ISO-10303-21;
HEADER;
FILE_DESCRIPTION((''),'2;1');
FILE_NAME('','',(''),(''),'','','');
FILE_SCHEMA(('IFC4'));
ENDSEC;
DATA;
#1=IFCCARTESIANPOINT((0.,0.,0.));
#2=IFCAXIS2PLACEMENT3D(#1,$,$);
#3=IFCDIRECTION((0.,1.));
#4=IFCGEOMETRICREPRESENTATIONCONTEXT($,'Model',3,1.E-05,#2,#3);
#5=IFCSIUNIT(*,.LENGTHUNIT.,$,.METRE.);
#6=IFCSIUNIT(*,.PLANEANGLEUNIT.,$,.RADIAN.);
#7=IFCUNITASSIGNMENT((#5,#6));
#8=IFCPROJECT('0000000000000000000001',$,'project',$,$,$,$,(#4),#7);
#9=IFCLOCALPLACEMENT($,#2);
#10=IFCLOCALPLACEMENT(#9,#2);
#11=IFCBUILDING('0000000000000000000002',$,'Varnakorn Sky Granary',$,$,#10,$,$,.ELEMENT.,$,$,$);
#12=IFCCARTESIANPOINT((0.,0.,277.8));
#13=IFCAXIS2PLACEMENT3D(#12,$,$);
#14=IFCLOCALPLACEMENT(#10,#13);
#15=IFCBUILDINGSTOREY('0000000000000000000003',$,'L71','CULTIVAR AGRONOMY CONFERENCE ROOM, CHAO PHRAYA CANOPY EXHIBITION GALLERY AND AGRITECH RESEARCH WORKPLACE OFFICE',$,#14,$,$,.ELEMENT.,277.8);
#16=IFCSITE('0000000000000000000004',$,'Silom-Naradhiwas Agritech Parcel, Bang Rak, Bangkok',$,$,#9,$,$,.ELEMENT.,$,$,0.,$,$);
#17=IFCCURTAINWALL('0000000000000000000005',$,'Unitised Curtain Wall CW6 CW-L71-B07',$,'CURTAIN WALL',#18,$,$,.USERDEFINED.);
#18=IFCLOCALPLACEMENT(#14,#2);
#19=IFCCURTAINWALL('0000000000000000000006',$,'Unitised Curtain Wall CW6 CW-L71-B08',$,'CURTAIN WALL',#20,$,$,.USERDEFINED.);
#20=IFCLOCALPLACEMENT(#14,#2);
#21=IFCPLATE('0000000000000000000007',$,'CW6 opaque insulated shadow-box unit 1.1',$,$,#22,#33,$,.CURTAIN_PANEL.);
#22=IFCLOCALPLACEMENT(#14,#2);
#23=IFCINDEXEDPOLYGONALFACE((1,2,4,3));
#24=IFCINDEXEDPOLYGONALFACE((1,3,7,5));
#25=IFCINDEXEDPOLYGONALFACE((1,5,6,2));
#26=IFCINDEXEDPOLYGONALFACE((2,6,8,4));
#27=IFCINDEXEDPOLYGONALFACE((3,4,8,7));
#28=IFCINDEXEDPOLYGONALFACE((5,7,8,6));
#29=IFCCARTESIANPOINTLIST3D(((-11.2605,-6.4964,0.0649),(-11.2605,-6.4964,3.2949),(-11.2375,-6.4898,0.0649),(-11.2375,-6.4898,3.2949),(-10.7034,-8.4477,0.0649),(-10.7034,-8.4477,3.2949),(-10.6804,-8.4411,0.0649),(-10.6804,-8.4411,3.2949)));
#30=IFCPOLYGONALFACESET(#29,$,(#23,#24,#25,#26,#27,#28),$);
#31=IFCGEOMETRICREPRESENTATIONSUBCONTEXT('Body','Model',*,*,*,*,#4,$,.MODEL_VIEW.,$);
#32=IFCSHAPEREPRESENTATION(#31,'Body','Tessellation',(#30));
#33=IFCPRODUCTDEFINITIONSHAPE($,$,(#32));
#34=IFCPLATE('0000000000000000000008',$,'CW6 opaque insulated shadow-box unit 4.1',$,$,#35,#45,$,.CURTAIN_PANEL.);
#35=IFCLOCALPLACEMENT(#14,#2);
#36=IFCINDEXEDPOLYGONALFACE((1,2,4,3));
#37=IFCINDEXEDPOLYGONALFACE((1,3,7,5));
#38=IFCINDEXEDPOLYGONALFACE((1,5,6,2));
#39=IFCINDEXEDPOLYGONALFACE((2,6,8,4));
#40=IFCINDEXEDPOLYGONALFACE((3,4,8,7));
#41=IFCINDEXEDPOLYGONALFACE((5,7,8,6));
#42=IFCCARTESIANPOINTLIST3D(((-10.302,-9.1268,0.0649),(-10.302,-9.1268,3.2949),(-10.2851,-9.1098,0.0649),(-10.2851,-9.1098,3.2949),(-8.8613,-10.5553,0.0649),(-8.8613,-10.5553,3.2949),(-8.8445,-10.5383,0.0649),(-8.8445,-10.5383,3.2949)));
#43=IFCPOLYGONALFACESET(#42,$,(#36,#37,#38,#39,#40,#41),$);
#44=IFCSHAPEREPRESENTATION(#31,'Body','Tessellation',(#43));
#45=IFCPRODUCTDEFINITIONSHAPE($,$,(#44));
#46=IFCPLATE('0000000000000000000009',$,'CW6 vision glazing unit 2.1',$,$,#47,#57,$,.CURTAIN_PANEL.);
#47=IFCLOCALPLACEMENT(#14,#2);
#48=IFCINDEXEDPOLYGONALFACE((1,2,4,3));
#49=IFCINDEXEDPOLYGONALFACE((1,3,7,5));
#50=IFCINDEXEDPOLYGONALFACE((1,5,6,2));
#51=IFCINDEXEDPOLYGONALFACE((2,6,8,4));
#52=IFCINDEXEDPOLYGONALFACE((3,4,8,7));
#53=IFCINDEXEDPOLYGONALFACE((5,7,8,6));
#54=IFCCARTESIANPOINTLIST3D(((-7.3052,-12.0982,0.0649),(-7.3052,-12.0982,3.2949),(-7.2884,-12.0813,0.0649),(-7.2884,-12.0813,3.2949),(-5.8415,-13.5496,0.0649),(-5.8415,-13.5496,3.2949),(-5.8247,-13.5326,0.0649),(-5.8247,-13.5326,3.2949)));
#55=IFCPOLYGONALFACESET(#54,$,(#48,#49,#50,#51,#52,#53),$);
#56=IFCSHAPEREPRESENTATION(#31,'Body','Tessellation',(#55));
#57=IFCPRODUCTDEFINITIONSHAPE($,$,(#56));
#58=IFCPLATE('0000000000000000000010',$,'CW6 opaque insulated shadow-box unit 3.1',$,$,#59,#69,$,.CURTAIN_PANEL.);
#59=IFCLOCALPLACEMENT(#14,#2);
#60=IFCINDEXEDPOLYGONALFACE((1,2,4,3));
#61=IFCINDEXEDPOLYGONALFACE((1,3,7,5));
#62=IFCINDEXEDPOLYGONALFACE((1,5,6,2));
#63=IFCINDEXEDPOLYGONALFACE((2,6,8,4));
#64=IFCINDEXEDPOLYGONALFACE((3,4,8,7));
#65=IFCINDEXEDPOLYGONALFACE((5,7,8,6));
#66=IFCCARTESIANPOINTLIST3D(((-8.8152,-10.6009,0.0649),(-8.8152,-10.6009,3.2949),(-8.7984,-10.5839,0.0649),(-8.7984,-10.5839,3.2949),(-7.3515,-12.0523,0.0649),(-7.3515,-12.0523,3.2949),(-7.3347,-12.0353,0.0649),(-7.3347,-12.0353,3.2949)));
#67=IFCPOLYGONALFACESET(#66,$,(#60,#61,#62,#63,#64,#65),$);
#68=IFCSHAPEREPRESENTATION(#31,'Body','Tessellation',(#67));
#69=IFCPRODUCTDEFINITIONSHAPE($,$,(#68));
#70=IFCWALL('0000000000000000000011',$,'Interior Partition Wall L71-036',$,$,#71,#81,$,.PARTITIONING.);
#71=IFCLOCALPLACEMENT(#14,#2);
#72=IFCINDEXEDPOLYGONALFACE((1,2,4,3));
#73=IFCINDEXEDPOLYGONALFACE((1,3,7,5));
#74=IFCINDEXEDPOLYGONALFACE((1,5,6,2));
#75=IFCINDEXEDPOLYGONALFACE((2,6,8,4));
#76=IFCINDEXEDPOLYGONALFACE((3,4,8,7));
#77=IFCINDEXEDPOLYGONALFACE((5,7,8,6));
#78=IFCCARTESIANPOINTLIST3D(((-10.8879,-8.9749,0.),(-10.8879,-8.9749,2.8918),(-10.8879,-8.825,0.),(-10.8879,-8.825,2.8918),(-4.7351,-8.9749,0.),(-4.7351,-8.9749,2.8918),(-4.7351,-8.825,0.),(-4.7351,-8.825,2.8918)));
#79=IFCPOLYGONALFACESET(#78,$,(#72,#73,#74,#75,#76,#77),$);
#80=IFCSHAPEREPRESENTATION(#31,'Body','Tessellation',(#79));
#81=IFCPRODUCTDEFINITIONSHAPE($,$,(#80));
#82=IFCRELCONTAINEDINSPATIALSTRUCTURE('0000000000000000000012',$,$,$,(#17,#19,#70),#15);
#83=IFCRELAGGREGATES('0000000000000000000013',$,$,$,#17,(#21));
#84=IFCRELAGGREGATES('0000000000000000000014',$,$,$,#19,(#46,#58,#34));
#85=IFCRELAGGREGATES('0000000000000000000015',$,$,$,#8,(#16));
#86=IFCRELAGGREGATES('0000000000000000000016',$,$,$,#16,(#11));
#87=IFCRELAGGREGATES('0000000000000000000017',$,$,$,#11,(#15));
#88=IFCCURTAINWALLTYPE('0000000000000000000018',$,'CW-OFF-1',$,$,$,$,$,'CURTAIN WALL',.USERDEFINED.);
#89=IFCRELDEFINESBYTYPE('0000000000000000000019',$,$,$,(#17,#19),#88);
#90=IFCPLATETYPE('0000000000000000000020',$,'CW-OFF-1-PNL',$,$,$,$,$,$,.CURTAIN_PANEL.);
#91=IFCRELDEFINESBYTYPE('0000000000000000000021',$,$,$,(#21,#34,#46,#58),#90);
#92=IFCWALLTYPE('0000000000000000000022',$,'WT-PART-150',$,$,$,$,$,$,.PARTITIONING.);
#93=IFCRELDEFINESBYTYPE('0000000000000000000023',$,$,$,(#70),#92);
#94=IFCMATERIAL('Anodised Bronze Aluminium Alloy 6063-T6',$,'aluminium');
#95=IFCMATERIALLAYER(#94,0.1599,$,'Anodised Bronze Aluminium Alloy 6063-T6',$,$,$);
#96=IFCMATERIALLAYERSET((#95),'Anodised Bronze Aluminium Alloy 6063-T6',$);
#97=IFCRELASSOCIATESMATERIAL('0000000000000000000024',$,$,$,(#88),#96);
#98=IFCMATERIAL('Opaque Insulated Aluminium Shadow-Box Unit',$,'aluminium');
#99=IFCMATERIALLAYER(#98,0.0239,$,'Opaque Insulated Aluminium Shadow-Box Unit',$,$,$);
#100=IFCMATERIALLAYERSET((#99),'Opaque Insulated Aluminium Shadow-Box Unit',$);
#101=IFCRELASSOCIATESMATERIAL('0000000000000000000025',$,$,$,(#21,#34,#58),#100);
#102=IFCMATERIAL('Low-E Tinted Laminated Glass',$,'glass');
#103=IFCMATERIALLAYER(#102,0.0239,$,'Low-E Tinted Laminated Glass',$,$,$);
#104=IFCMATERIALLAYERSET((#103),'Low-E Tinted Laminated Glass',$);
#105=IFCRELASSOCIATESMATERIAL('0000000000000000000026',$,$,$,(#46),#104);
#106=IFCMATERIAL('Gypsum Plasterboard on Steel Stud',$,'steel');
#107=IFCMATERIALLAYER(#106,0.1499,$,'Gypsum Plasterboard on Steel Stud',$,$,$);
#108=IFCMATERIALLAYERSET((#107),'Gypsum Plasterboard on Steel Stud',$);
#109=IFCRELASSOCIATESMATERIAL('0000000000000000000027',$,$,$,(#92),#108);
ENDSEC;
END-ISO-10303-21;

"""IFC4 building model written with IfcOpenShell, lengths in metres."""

from ifc_helpers import new_model, si_unit, direction, frame, frame_2d, origin, origin_2d, place, context, subcontext, project, spatial, rectangle, extrude, source, transform, mapped, material, layer, layer_set, type_object, type_shapes, element, aggregate, save


model = new_model("IFC4")

# Units and contexts
model_context = context("Model", 3, precision=1e-05, world=origin(), true_north=direction((0.0, 1.0)))
body_context = subcontext(model_context, "Body", "Model", "MODEL_VIEW")
ifc_project = project(units=[si_unit("LENGTHUNIT", "METRE"), si_unit("PLANEANGLEUNIT", "RADIAN")], contexts=[model_context])

# Site, building, storey
site_placement = place(None, origin())
site = spatial("IfcSite", under=ifc_project, at=site_placement, Name="Silom-Naradhiwas Agritech Parcel, Bang Rak, Bangkok", CompositionType="ELEMENT", RefElevation=0.0)
building_placement = place(site_placement, origin())
building = spatial("IfcBuilding", under=site, at=building_placement, Name="Varnakorn Sky Granary", CompositionType="ELEMENT")
storey_placement = place(building_placement, frame((0.0, 0.0, 277.8)))
storey = spatial("IfcBuildingStorey", under=building, at=storey_placement, Name="L71", Description="CULTIVAR AGRONOMY CONFERENCE ROOM, CHAO PHRAYA CANOPY EXHIBITION GALLERY AND AGRITECH RESEARCH WORKPLACE OFFICE", CompositionType="ELEMENT", Elevation=277.8)

# Curtain wall
ifc_material_1 = material(Name="Anodised Bronze Aluminium Alloy 6063-T6", Category="aluminium")
ifc_layer_1 = layer(ifc_material_1, 0.1599, Name="Anodised Bronze Aluminium Alloy 6063-T6")
ifc_layer_set_1 = layer_set([ifc_layer_1], Name="Anodised Bronze Aluminium Alloy 6063-T6")
curtain_wall_type = type_object("IfcCurtainWallType", Name="CW-OFF-1", ElementType="CURTAIN WALL", PredefinedType="USERDEFINED", material=ifc_layer_set_1)
curtain_wall_1_placement = place(storey_placement, origin())
curtain_wall_1 = element("IfcCurtainWall", 1, at=curtain_wall_1_placement, inside=storey, type_object=curtain_wall_type, Name="Unitised Curtain Wall CW6 CW-L71-B07", ObjectType="CURTAIN WALL", PredefinedType="USERDEFINED")

# Curtain wall
curtain_wall_2_placement = place(storey_placement, origin())
curtain_wall_2 = element("IfcCurtainWall", 2, at=curtain_wall_2_placement, inside=storey, type_object=curtain_wall_type, Name="Unitised Curtain Wall CW6 CW-L71-B08", ObjectType="CURTAIN WALL", PredefinedType="USERDEFINED")

# Plates
ifc_material_2 = material(Name="Opaque Insulated Aluminium Shadow-Box Unit", Category="aluminium")
ifc_layer_2 = layer(ifc_material_2, 0.0239, Name="Opaque Insulated Aluminium Shadow-Box Unit")
ifc_layer_set_2 = layer_set([ifc_layer_2], Name="Opaque Insulated Aluminium Shadow-Box Unit")
plate_type = type_object("IfcPlateType", Name="CW-OFF-1-PNL", PredefinedType="CURTAIN_PANEL")
shared_shape_1 = source(origin(), body_context, "Body", "SweptSolid", [
    extrude(rectangle(XDim=2.0293, YDim=0.0239, at=origin_2d()), origin(), (0.0, 0.0, 1.0), 3.23),
])
plate_1_placement = place(storey_placement, frame((-10.9705, -7.4688, 0.0649), z_axis=(0.0, 0.0, 1.0), x_axis=(-0.27456, 0.96157, 0.0)))
plate_1 = element("IfcPlate", 3, at=plate_1_placement, type_object=plate_type, material=ifc_layer_set_2, Name="CW6 opaque insulated shadow-box unit 1.1", PredefinedType="CURTAIN_PANEL", context=body_context, shape_type="MappedRepresentation", body=[
    mapped(shared_shape_1, transform((0.0, 0.0, 0.0), x_axis=(1.0, 0.0, 0.0), y_axis=(0.0, 1.0, 0.0), z_axis=(0.0, 0.0, 1.0), scale=1.0)),
])
aggregate(curtain_wall_1, [plate_1])
shared_shape_2 = source(origin(), body_context, "Body", "SweptSolid", [
    extrude(rectangle(XDim=2.0288, YDim=0.0239, at=origin_2d()), origin(), (0.0, 0.0, 1.0), 3.23),
])
plate_2_placement = place(storey_placement, frame((-9.5732, -9.8325, 0.0649), z_axis=(0.0, 0.0, 1.0), x_axis=(-0.710099, 0.704102, 0.0)))
plate_2 = element("IfcPlate", 4, at=plate_2_placement, type_object=plate_type, material=ifc_layer_set_2, Name="CW6 opaque insulated shadow-box unit 4.1", PredefinedType="CURTAIN_PANEL", context=body_context, shape_type="MappedRepresentation", body=[
    mapped(shared_shape_2, transform((0.0, 0.0, 0.0), x_axis=(1.0, 0.0, 0.0), y_axis=(0.0, 1.0, 0.0), z_axis=(0.0, 0.0, 1.0), scale=1.0)),
])
ifc_material_3 = material(Name="Low-E Tinted Laminated Glass", Category="glass")
ifc_layer_3 = layer(ifc_material_3, 0.0239, Name="Low-E Tinted Laminated Glass")
ifc_layer_set_3 = layer_set([ifc_layer_3], Name="Low-E Tinted Laminated Glass")
shared_shape_3 = source(origin(), body_context, "Body", "SweptSolid", [
    extrude(rectangle(XDim=2.0613, YDim=0.0239, at=origin_2d()), origin(), (0.0, 0.0, 1.0), 3.23),
])
type_shapes(plate_type, [shared_shape_1, shared_shape_2, shared_shape_3])
plate_3_placement = place(storey_placement, frame((-6.5649, -12.8154, 0.0649), z_axis=(0.0, 0.0, 1.0), x_axis=(-0.710099, 0.704102, 0.0)))
plate_3 = element("IfcPlate", 5, at=plate_3_placement, type_object=plate_type, material=ifc_layer_set_3, Name="CW6 vision glazing unit 2.1", PredefinedType="CURTAIN_PANEL", context=body_context, shape_type="MappedRepresentation", body=[
    mapped(shared_shape_3, transform((0.0, 0.0, 0.0), x_axis=(1.0, 0.0, 0.0), y_axis=(0.0, 1.0, 0.0), z_axis=(0.0, 0.0, 1.0), scale=1.0)),
])
plate_4_placement = place(storey_placement, frame((-8.075, -11.3181, 0.0649), z_axis=(0.0, 0.0, 1.0), x_axis=(-0.710099, 0.704102, 0.0)))
plate_4 = element("IfcPlate", 6, at=plate_4_placement, type_object=plate_type, material=ifc_layer_set_2, Name="CW6 opaque insulated shadow-box unit 3.1", PredefinedType="CURTAIN_PANEL", context=body_context, shape_type="MappedRepresentation", body=[
    mapped(shared_shape_3, transform((0.0, 0.0, 0.0), x_axis=(1.0, 0.0, 0.0), y_axis=(0.0, 1.0, 0.0), z_axis=(0.0, 0.0, 1.0), scale=1.0)),
])
aggregate(curtain_wall_2, [plate_3, plate_4, plate_2])

# Wall
ifc_material_4 = material(Name="Gypsum Plasterboard on Steel Stud", Category="steel")
ifc_layer_4 = layer(ifc_material_4, 0.1499, Name="Gypsum Plasterboard on Steel Stud")
ifc_layer_set_4 = layer_set([ifc_layer_4], Name="Gypsum Plasterboard on Steel Stud")
wall_type = type_object("IfcWallType", Name="WT-PART-150", PredefinedType="PARTITIONING", material=ifc_layer_set_4)
wall_placement = place(storey_placement, frame((-10.8879, -8.8999, 0.0), z_axis=(0.0, 0.0, 1.0), x_axis=(1.0, 0.0, 0.0)))
element("IfcWall", 7, at=wall_placement, inside=storey, type_object=wall_type, Name="Interior Partition Wall L71-036", PredefinedType="PARTITIONING", context=body_context, shape_type="SweptSolid", body=[
    extrude(rectangle(XDim=6.1528, YDim=0.1499, at=frame_2d((3.0764, 0.0))), origin(), (0.0, 0.0, 1.0), 2.8918),
])

save(model, "model.ifc")
